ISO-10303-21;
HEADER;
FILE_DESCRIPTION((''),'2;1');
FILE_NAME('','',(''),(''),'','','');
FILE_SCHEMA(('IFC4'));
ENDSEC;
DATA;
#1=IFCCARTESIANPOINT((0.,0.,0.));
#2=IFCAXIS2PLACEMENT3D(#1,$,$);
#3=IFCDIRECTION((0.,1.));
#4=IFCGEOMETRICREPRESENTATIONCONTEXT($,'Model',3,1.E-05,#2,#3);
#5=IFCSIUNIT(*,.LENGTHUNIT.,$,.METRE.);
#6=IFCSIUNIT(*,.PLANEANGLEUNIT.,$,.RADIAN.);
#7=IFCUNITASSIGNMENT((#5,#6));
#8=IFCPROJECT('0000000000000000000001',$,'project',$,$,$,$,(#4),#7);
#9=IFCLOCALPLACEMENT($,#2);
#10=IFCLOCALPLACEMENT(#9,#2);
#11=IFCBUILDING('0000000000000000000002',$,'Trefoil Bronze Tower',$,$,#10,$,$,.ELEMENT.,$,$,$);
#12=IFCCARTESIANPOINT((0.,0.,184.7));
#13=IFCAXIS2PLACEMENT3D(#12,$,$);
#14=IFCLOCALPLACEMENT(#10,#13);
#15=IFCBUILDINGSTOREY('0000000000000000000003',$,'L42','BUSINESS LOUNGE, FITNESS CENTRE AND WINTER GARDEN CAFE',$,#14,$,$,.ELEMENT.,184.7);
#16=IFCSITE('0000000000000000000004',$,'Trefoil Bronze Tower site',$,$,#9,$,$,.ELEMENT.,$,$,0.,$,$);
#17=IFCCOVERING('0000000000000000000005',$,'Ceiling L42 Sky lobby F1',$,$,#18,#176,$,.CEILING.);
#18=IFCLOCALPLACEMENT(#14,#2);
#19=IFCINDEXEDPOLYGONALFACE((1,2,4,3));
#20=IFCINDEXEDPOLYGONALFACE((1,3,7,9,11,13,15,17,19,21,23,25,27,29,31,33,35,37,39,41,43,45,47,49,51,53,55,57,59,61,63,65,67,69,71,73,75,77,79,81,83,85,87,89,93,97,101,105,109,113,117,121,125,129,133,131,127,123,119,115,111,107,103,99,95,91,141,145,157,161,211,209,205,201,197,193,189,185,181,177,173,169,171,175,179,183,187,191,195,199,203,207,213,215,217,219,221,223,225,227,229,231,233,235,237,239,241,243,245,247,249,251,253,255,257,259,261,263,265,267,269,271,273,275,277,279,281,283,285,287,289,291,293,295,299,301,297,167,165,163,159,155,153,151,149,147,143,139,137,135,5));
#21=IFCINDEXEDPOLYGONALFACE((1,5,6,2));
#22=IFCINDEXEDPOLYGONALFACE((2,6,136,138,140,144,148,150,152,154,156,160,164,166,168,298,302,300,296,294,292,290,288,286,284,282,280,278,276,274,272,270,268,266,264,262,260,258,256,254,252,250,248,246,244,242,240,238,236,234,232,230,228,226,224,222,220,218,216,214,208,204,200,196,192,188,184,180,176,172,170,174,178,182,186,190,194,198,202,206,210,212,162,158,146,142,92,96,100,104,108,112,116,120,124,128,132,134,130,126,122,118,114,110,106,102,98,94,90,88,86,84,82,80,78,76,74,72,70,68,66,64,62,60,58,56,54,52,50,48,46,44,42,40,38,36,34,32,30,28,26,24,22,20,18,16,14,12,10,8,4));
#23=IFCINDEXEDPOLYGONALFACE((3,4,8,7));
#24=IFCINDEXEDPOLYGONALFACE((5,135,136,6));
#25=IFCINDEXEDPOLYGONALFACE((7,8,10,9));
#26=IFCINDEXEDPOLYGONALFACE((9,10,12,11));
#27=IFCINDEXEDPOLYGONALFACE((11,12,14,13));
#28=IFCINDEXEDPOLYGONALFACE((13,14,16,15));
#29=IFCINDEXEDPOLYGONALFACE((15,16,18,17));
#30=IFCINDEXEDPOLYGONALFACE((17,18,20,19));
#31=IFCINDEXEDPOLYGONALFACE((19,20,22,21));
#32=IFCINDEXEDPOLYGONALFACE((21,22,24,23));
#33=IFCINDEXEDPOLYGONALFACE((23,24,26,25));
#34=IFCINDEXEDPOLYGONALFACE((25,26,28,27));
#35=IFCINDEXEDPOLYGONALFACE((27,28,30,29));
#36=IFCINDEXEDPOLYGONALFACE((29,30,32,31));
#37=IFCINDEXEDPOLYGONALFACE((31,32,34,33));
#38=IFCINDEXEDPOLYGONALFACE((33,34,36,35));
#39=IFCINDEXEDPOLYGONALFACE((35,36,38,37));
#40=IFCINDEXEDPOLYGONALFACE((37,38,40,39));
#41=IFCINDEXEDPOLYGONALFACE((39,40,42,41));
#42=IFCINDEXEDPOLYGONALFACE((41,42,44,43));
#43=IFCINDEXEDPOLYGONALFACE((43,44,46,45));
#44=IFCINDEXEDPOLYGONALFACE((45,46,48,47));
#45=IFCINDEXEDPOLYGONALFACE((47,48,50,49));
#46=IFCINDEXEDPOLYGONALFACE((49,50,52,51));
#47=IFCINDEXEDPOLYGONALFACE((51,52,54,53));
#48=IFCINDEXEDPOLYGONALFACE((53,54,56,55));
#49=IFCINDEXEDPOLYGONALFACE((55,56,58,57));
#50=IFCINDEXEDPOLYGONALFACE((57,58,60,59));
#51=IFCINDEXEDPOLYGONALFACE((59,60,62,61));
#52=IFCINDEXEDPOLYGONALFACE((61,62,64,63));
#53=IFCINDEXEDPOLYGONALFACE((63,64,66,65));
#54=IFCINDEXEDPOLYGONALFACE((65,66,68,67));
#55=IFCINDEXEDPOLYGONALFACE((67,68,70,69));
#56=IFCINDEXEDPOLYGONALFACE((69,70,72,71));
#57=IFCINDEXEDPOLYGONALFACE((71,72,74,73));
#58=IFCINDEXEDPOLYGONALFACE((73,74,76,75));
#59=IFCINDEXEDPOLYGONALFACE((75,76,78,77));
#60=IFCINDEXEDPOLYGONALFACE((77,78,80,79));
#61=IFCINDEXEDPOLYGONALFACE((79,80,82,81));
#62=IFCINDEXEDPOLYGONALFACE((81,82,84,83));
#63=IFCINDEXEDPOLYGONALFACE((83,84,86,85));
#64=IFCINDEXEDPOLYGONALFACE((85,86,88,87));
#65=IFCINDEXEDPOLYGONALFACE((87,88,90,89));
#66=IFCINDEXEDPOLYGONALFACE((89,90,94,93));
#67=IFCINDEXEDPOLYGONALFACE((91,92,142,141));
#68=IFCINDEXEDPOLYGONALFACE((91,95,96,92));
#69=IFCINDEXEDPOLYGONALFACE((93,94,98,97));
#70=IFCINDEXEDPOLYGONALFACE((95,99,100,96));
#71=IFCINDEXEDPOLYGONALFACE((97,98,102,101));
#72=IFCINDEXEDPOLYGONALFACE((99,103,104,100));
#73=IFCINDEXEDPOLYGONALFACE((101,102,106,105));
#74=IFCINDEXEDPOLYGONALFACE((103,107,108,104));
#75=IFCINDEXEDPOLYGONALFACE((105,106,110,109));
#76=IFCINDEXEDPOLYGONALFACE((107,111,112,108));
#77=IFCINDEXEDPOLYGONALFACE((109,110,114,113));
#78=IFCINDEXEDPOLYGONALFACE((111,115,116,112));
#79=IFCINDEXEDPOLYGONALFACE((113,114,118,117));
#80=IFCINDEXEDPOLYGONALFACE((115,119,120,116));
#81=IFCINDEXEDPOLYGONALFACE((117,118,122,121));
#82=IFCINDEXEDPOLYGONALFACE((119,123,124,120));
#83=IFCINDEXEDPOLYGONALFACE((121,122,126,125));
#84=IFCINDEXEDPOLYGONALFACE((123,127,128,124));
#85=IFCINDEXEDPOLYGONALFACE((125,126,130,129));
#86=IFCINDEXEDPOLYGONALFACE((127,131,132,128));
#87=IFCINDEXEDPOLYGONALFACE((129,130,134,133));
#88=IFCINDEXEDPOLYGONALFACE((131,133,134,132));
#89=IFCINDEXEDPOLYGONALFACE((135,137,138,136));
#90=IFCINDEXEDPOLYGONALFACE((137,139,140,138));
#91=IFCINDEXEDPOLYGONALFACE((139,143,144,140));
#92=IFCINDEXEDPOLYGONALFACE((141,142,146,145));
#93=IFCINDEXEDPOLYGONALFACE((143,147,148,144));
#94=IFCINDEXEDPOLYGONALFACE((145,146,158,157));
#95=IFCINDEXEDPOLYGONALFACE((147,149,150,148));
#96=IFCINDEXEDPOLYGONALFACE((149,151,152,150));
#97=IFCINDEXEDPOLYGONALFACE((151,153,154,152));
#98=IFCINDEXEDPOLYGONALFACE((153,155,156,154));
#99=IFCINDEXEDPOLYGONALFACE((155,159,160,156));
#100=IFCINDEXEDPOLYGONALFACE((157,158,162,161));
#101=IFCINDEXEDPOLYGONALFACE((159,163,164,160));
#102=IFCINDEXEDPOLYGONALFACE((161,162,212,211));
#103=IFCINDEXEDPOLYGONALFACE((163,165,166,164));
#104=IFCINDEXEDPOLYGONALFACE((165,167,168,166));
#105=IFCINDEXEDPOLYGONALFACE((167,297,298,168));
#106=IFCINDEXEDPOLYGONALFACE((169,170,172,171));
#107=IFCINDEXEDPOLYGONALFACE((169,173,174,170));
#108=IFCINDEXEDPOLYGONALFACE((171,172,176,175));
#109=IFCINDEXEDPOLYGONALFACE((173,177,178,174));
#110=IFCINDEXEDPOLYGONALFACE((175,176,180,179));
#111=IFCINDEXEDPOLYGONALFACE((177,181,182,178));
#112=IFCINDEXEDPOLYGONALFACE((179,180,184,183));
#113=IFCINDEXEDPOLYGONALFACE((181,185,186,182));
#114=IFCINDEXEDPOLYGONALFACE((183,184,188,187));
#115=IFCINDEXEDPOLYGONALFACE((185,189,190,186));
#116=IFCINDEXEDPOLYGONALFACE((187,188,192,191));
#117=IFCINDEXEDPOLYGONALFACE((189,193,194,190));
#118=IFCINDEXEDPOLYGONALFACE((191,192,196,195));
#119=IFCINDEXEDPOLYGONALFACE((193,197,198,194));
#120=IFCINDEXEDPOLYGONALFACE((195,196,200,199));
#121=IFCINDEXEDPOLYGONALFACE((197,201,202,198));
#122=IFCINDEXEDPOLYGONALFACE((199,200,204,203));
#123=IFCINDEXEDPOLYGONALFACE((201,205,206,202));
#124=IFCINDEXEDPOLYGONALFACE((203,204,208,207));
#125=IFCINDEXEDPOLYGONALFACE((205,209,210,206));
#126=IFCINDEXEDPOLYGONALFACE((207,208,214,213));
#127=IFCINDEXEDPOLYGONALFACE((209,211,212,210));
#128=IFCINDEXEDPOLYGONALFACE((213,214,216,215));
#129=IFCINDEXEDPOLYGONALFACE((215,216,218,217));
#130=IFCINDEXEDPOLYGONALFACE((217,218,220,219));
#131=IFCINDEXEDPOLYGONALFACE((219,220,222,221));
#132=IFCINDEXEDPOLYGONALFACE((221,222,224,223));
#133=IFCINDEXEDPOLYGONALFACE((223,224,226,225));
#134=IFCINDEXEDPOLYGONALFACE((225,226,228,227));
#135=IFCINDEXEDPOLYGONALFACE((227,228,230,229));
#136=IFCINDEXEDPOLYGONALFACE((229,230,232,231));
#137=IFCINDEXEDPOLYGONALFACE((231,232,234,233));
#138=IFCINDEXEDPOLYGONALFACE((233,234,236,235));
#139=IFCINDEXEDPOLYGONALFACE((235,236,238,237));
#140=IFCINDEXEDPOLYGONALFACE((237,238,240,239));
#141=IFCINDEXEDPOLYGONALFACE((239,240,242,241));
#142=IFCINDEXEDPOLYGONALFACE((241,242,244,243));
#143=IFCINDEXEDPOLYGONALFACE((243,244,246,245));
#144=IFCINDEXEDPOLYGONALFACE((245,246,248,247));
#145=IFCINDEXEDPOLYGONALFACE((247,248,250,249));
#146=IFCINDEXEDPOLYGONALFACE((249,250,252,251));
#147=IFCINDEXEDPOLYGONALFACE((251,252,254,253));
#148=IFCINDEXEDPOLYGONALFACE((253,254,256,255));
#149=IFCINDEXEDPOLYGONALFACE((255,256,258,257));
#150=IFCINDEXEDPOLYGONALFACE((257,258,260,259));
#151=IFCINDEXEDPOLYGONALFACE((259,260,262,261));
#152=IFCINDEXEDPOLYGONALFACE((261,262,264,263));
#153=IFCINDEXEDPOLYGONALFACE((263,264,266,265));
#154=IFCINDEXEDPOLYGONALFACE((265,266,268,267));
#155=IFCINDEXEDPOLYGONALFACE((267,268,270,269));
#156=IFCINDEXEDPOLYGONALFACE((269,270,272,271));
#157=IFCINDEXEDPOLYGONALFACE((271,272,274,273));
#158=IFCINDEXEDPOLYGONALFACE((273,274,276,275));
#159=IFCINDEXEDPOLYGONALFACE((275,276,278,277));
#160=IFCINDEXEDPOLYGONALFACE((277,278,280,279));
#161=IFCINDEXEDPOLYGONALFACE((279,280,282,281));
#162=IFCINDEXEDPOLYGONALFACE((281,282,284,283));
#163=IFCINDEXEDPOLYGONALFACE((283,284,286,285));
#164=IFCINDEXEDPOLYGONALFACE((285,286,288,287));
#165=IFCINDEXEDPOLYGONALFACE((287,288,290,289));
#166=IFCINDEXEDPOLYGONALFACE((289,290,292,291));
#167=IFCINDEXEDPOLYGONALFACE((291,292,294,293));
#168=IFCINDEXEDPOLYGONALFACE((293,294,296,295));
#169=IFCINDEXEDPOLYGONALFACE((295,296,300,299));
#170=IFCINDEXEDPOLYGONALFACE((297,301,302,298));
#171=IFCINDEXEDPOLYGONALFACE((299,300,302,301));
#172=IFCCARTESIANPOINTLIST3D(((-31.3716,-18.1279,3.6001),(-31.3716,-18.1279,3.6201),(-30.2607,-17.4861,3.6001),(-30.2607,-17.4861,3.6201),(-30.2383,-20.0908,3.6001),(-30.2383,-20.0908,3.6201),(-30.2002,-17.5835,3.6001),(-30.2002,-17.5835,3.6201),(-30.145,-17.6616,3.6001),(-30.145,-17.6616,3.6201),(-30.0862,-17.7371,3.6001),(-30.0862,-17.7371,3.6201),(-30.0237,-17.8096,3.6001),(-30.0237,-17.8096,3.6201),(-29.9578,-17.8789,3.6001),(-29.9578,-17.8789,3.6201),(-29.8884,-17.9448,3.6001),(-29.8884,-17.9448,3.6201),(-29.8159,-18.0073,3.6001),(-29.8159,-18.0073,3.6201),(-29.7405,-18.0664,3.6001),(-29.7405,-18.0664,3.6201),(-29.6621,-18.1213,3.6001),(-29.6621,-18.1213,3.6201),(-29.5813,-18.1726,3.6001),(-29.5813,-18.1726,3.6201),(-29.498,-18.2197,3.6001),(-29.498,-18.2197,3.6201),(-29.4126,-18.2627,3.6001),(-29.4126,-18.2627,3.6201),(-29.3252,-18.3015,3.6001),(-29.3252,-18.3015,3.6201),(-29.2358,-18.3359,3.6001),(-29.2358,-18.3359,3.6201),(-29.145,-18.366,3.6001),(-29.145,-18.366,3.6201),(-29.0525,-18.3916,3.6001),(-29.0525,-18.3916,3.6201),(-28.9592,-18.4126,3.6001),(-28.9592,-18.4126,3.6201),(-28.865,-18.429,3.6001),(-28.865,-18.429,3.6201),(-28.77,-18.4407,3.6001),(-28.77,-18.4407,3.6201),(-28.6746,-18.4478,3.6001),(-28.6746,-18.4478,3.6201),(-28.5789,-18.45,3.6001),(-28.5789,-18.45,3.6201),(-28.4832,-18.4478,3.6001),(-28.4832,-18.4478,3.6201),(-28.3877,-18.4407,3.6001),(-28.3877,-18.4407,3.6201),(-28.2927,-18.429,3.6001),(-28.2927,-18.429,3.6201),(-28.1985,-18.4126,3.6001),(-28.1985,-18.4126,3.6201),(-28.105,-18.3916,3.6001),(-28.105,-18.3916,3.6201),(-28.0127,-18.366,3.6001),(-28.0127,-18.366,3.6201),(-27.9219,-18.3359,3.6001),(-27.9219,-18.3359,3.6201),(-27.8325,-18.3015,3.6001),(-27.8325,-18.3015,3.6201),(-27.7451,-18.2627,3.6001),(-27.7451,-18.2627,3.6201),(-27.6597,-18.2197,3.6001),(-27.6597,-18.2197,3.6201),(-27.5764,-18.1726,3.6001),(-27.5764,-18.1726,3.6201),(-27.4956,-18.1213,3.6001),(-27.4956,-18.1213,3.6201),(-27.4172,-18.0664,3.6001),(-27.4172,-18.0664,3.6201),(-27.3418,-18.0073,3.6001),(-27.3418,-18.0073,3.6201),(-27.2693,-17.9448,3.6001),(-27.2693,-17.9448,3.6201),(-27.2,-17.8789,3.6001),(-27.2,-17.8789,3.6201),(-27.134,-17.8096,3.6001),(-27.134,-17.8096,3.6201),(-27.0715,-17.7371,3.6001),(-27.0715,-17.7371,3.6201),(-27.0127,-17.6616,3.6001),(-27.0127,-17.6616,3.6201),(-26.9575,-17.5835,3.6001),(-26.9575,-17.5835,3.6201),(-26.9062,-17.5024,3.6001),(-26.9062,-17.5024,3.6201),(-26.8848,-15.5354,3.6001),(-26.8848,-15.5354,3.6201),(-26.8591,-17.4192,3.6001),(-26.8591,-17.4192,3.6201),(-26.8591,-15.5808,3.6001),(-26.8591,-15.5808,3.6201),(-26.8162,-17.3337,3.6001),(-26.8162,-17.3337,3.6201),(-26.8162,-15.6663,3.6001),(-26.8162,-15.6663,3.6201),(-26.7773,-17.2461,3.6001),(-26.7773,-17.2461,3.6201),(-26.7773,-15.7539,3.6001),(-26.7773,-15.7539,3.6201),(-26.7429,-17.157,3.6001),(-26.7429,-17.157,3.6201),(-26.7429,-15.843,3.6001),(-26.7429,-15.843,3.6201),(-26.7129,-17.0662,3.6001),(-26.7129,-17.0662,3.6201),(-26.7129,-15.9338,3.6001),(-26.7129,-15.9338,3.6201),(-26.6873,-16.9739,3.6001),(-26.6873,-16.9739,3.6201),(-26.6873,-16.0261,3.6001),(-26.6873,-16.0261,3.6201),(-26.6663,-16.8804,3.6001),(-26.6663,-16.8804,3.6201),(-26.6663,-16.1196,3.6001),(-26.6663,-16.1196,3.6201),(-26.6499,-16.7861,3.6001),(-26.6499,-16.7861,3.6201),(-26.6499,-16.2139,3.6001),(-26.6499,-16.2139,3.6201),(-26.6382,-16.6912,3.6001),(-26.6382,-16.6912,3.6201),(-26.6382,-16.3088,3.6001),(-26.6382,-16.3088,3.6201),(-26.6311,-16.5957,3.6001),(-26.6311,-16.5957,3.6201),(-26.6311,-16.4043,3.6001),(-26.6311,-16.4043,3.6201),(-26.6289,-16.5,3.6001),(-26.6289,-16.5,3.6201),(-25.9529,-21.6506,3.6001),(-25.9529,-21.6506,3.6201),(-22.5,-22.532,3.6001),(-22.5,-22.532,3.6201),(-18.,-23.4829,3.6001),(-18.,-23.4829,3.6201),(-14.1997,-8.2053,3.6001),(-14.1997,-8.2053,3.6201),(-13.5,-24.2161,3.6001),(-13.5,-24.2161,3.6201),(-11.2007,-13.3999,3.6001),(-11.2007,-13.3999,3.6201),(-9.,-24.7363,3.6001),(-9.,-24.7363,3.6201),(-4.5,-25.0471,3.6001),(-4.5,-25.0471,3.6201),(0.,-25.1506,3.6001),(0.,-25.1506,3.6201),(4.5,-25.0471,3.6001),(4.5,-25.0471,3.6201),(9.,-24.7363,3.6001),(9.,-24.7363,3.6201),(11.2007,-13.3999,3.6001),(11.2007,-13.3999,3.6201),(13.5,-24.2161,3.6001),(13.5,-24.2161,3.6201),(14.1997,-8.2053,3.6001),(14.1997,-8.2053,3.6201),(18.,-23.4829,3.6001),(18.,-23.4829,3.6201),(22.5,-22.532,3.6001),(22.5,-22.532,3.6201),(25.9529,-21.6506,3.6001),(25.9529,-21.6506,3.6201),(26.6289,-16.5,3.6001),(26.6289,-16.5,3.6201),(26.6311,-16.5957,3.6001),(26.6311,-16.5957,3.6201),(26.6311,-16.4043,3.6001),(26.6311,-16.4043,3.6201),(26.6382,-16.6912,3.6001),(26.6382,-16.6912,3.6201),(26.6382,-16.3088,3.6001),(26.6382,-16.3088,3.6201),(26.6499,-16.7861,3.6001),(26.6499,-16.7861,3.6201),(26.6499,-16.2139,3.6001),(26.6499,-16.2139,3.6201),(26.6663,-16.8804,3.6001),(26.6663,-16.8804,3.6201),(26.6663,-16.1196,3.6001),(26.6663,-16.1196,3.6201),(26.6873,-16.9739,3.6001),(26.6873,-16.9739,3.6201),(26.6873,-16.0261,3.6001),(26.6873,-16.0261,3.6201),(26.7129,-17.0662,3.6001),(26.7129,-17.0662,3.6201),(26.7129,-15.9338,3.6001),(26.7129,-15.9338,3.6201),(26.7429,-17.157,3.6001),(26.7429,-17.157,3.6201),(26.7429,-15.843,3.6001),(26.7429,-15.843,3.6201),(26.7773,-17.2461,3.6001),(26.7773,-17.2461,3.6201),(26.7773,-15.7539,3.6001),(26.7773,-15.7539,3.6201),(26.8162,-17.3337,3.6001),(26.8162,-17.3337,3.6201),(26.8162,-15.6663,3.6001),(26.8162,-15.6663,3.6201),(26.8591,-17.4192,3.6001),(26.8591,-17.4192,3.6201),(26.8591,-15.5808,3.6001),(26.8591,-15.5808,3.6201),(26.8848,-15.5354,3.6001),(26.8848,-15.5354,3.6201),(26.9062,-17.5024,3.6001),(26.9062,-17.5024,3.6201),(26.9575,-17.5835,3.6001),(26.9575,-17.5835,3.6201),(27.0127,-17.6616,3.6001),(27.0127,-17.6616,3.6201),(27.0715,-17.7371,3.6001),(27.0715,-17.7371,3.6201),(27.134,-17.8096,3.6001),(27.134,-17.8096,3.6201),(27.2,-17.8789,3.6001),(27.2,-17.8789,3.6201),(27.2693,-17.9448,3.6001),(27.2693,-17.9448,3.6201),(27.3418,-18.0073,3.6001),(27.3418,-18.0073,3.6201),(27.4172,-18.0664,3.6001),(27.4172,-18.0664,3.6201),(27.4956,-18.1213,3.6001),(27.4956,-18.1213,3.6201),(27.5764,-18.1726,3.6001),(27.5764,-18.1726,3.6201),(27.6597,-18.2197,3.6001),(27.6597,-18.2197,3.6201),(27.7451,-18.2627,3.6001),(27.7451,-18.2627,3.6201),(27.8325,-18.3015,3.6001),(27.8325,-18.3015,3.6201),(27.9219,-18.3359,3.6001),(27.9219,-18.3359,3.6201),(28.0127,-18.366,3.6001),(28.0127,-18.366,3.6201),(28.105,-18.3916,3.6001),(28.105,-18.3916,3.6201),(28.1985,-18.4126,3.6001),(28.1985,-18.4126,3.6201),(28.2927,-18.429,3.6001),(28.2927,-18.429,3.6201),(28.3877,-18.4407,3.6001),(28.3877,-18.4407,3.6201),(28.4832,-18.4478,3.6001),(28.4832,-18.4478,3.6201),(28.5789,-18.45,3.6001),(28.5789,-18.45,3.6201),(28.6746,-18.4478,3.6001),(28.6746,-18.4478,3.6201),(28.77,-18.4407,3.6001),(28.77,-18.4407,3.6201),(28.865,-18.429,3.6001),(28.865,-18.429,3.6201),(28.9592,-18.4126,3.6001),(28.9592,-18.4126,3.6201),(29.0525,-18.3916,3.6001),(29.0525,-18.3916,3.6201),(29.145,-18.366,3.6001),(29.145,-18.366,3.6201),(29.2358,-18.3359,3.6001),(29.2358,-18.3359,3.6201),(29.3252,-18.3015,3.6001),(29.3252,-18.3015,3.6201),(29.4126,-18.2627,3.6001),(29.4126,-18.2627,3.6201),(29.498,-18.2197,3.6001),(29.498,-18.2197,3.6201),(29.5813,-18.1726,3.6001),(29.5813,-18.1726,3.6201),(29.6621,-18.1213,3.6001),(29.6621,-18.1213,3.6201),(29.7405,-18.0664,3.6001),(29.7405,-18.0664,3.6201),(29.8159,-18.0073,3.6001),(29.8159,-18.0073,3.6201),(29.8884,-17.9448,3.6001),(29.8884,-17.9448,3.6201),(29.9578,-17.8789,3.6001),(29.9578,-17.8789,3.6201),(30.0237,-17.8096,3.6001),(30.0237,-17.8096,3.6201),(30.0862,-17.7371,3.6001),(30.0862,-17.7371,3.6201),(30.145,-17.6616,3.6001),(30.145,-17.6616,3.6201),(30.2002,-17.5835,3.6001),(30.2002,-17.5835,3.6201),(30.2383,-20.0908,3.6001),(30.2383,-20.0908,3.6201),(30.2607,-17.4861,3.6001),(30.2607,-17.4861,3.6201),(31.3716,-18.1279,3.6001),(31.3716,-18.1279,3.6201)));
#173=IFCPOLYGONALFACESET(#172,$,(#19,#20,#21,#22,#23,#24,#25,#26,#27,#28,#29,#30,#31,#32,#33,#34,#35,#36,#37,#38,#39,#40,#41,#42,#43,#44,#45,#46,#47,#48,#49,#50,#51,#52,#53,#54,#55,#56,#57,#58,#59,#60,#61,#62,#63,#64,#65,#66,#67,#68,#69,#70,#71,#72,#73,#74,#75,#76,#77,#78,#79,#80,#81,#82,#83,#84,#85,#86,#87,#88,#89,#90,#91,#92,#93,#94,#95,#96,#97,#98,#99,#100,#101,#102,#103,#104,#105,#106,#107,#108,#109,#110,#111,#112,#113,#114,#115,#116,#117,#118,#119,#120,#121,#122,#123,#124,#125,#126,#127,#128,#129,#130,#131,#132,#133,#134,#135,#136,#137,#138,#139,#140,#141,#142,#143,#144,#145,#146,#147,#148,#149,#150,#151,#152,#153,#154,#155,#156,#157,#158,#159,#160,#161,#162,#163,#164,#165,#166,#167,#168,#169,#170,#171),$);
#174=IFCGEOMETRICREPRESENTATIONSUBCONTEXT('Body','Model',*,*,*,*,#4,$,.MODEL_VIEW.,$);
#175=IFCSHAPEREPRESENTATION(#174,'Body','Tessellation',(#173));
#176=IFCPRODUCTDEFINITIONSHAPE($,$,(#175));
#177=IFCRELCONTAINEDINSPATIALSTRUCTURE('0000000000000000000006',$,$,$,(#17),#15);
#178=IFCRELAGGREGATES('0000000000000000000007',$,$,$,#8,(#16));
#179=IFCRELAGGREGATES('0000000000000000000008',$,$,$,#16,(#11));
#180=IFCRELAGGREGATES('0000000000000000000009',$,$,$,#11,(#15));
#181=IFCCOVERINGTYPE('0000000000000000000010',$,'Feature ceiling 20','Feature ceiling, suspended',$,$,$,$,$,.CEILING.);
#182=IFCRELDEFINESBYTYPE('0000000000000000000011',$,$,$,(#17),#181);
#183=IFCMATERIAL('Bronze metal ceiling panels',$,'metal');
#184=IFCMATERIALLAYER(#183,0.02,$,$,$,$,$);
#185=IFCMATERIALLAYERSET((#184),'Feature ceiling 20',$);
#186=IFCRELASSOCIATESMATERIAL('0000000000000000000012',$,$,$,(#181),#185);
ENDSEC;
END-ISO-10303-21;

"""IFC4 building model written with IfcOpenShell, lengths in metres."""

from ifc_helpers import new_model, si_unit, direction, frame, origin, place, context, subcontext, project, spatial, polyline, outline, extrude, material, layer, layer_set, type_object, element, save


model = new_model("IFC4")

# Units and contexts
model_context = context("Model", 3, precision=1e-05, world=origin(), true_north=direction((0.0, 1.0)))
body_context = subcontext(model_context, "Body", "Model", "MODEL_VIEW")
ifc_project = project(units=[si_unit("LENGTHUNIT", "METRE"), si_unit("PLANEANGLEUNIT", "RADIAN")], contexts=[model_context])

# Site, building, storey
site_placement = place(None, origin())
site = spatial("IfcSite", under=ifc_project, at=site_placement, Name="Trefoil Bronze Tower site", CompositionType="ELEMENT", RefElevation=0.0)
building_placement = place(site_placement, origin())
building = spatial("IfcBuilding", under=site, at=building_placement, Name="Trefoil Bronze Tower", CompositionType="ELEMENT")
storey_placement = place(building_placement, frame((0.0, 0.0, 184.7)))
storey = spatial("IfcBuildingStorey", under=building, at=storey_placement, Name="L42", Description="BUSINESS LOUNGE, FITNESS CENTRE AND WINTER GARDEN CAFE", CompositionType="ELEMENT", Elevation=184.7)

# Covering
ifc_material_1 = material(Name="Bronze metal ceiling panels", Category="metal")
ifc_layer_1 = layer(ifc_material_1, 0.02)
ifc_layer_set_1 = layer_set([ifc_layer_1], Name="Feature ceiling 20")
covering_type_1 = type_object("IfcCoveringType", Name="Feature ceiling 20", Description="Feature ceiling, suspended", PredefinedType="CEILING", material=ifc_layer_set_1)
covering_1_placement = place(storey_placement, frame((0.0, 0.0, 3.6001)))
element("IfcCovering", 1, at=covering_1_placement, inside=storey, type_object=covering_type_1, Name="Ceiling L42 Sky lobby F1", PredefinedType="CEILING", context=body_context, shape_type="SweptSolid", body=[
    extrude(outline(polyline([(-30.2002, -17.5835), (-30.145, -17.6616), (-30.0862, -17.7371), (-30.0237, -17.8096), (-29.9578, -17.8789), (-29.8884, -17.9448), (-29.8159, -18.0073), (-29.7405, -18.0664), (-29.6621, -18.1213), (-29.5813, -18.1726), (-29.498, -18.2197), (-29.4126, -18.2627), (-29.3252, -18.3015), (-29.2358, -18.3359), (-29.145, -18.366), (-29.0525, -18.3916), (-28.9592, -18.4126), (-28.865, -18.429), (-28.77, -18.4407), (-28.6746, -18.4478), (-28.5789, -18.45), (-28.4832, -18.4478), (-28.3877, -18.4407), (-28.2927, -18.429), (-28.1985, -18.4126), (-28.105, -18.3916), (-28.0127, -18.366), (-27.9219, -18.3359), (-27.8325, -18.3015), (-27.7451, -18.2627), (-27.6597, -18.2197), (-27.5764, -18.1726), (-27.4956, -18.1213), (-27.4172, -18.0664), (-27.3418, -18.0073), (-27.2693, -17.9448), (-27.2, -17.8789), (-27.134, -17.8096), (-27.0715, -17.7371), (-27.0127, -17.6616), (-26.9575, -17.5835), (-26.9062, -17.5024), (-26.8591, -17.4192), (-26.8162, -17.3337), (-26.7773, -17.2461), (-26.7429, -17.157), (-26.7129, -17.0662), (-26.6873, -16.9739), (-26.6663, -16.8804), (-26.6499, -16.7861), (-26.6382, -16.6912), (-26.6311, -16.5957), (-26.6289, -16.5), (-26.6311, -16.4043), (-26.6382, -16.3088), (-26.6499, -16.2139), (-26.6663, -16.1196), (-26.6873, -16.0261), (-26.7129, -15.9338), (-26.7429, -15.843), (-26.7773, -15.7539), (-26.8162, -15.6663), (-26.8591, -15.5808), (-26.8848, -15.5354), (-14.1997, -8.2053), (-11.2007, -13.3999), (11.2007, -13.3999), (14.1997, -8.2053), (26.8848, -15.5354), (26.8591, -15.5808), (26.8162, -15.6663), (26.7773, -15.7539), (26.7429, -15.843), (26.7129, -15.9338), (26.6873, -16.0261), (26.6663, -16.1196), (26.6499, -16.2139), (26.6382, -16.3088), (26.6311, -16.4043), (26.6289, -16.5), (26.6311, -16.5957), (26.6382, -16.6912), (26.6499, -16.7861), (26.6663, -16.8804), (26.6873, -16.9739), (26.7129, -17.0662), (26.7429, -17.157), (26.7773, -17.2461), (26.8162, -17.3337), (26.8591, -17.4192), (26.9062, -17.5024), (26.9575, -17.5835), (27.0127, -17.6616), (27.0715, -17.7371), (27.134, -17.8096), (27.2, -17.8789), (27.2693, -17.9448), (27.3418, -18.0073), (27.4172, -18.0664), (27.4956, -18.1213), (27.5764, -18.1726), (27.6597, -18.2197), (27.7451, -18.2627), (27.8325, -18.3015), (27.9219, -18.3359), (28.0127, -18.366), (28.105, -18.3916), (28.1985, -18.4126), (28.2927, -18.429), (28.3877, -18.4407), (28.4832, -18.4478), (28.5789, -18.45), (28.6746, -18.4478), (28.77, -18.4407), (28.865, -18.429), (28.9592, -18.4126), (29.0525, -18.3916), (29.145, -18.366), (29.2358, -18.3359), (29.3252, -18.3015), (29.4126, -18.2627), (29.498, -18.2197), (29.5813, -18.1726), (29.6621, -18.1213), (29.7405, -18.0664), (29.8159, -18.0073), (29.8884, -17.9448), (29.9578, -17.8789), (30.0237, -17.8096), (30.0862, -17.7371), (30.145, -17.6616), (30.2002, -17.5835), (30.2607, -17.4861), (31.3716, -18.1279), (30.2383, -20.0908), (25.9529, -21.6506), (22.5, -22.532), (18.0, -23.4829), (13.5, -24.2161), (9.0, -24.7363), (4.5, -25.0471), (0.0, -25.1506), (-4.5, -25.0471), (-9.0, -24.7363), (-13.5, -24.2161), (-18.0, -23.4829), (-22.5, -22.532), (-25.9529, -21.6506), (-30.2383, -20.0908), (-31.3716, -18.1279), (-30.2607, -17.4861), (-30.2002, -17.5835)])), origin(), (0.0, 0.0, 1.0), 0.02),
])

save(model, "model.ifc")
